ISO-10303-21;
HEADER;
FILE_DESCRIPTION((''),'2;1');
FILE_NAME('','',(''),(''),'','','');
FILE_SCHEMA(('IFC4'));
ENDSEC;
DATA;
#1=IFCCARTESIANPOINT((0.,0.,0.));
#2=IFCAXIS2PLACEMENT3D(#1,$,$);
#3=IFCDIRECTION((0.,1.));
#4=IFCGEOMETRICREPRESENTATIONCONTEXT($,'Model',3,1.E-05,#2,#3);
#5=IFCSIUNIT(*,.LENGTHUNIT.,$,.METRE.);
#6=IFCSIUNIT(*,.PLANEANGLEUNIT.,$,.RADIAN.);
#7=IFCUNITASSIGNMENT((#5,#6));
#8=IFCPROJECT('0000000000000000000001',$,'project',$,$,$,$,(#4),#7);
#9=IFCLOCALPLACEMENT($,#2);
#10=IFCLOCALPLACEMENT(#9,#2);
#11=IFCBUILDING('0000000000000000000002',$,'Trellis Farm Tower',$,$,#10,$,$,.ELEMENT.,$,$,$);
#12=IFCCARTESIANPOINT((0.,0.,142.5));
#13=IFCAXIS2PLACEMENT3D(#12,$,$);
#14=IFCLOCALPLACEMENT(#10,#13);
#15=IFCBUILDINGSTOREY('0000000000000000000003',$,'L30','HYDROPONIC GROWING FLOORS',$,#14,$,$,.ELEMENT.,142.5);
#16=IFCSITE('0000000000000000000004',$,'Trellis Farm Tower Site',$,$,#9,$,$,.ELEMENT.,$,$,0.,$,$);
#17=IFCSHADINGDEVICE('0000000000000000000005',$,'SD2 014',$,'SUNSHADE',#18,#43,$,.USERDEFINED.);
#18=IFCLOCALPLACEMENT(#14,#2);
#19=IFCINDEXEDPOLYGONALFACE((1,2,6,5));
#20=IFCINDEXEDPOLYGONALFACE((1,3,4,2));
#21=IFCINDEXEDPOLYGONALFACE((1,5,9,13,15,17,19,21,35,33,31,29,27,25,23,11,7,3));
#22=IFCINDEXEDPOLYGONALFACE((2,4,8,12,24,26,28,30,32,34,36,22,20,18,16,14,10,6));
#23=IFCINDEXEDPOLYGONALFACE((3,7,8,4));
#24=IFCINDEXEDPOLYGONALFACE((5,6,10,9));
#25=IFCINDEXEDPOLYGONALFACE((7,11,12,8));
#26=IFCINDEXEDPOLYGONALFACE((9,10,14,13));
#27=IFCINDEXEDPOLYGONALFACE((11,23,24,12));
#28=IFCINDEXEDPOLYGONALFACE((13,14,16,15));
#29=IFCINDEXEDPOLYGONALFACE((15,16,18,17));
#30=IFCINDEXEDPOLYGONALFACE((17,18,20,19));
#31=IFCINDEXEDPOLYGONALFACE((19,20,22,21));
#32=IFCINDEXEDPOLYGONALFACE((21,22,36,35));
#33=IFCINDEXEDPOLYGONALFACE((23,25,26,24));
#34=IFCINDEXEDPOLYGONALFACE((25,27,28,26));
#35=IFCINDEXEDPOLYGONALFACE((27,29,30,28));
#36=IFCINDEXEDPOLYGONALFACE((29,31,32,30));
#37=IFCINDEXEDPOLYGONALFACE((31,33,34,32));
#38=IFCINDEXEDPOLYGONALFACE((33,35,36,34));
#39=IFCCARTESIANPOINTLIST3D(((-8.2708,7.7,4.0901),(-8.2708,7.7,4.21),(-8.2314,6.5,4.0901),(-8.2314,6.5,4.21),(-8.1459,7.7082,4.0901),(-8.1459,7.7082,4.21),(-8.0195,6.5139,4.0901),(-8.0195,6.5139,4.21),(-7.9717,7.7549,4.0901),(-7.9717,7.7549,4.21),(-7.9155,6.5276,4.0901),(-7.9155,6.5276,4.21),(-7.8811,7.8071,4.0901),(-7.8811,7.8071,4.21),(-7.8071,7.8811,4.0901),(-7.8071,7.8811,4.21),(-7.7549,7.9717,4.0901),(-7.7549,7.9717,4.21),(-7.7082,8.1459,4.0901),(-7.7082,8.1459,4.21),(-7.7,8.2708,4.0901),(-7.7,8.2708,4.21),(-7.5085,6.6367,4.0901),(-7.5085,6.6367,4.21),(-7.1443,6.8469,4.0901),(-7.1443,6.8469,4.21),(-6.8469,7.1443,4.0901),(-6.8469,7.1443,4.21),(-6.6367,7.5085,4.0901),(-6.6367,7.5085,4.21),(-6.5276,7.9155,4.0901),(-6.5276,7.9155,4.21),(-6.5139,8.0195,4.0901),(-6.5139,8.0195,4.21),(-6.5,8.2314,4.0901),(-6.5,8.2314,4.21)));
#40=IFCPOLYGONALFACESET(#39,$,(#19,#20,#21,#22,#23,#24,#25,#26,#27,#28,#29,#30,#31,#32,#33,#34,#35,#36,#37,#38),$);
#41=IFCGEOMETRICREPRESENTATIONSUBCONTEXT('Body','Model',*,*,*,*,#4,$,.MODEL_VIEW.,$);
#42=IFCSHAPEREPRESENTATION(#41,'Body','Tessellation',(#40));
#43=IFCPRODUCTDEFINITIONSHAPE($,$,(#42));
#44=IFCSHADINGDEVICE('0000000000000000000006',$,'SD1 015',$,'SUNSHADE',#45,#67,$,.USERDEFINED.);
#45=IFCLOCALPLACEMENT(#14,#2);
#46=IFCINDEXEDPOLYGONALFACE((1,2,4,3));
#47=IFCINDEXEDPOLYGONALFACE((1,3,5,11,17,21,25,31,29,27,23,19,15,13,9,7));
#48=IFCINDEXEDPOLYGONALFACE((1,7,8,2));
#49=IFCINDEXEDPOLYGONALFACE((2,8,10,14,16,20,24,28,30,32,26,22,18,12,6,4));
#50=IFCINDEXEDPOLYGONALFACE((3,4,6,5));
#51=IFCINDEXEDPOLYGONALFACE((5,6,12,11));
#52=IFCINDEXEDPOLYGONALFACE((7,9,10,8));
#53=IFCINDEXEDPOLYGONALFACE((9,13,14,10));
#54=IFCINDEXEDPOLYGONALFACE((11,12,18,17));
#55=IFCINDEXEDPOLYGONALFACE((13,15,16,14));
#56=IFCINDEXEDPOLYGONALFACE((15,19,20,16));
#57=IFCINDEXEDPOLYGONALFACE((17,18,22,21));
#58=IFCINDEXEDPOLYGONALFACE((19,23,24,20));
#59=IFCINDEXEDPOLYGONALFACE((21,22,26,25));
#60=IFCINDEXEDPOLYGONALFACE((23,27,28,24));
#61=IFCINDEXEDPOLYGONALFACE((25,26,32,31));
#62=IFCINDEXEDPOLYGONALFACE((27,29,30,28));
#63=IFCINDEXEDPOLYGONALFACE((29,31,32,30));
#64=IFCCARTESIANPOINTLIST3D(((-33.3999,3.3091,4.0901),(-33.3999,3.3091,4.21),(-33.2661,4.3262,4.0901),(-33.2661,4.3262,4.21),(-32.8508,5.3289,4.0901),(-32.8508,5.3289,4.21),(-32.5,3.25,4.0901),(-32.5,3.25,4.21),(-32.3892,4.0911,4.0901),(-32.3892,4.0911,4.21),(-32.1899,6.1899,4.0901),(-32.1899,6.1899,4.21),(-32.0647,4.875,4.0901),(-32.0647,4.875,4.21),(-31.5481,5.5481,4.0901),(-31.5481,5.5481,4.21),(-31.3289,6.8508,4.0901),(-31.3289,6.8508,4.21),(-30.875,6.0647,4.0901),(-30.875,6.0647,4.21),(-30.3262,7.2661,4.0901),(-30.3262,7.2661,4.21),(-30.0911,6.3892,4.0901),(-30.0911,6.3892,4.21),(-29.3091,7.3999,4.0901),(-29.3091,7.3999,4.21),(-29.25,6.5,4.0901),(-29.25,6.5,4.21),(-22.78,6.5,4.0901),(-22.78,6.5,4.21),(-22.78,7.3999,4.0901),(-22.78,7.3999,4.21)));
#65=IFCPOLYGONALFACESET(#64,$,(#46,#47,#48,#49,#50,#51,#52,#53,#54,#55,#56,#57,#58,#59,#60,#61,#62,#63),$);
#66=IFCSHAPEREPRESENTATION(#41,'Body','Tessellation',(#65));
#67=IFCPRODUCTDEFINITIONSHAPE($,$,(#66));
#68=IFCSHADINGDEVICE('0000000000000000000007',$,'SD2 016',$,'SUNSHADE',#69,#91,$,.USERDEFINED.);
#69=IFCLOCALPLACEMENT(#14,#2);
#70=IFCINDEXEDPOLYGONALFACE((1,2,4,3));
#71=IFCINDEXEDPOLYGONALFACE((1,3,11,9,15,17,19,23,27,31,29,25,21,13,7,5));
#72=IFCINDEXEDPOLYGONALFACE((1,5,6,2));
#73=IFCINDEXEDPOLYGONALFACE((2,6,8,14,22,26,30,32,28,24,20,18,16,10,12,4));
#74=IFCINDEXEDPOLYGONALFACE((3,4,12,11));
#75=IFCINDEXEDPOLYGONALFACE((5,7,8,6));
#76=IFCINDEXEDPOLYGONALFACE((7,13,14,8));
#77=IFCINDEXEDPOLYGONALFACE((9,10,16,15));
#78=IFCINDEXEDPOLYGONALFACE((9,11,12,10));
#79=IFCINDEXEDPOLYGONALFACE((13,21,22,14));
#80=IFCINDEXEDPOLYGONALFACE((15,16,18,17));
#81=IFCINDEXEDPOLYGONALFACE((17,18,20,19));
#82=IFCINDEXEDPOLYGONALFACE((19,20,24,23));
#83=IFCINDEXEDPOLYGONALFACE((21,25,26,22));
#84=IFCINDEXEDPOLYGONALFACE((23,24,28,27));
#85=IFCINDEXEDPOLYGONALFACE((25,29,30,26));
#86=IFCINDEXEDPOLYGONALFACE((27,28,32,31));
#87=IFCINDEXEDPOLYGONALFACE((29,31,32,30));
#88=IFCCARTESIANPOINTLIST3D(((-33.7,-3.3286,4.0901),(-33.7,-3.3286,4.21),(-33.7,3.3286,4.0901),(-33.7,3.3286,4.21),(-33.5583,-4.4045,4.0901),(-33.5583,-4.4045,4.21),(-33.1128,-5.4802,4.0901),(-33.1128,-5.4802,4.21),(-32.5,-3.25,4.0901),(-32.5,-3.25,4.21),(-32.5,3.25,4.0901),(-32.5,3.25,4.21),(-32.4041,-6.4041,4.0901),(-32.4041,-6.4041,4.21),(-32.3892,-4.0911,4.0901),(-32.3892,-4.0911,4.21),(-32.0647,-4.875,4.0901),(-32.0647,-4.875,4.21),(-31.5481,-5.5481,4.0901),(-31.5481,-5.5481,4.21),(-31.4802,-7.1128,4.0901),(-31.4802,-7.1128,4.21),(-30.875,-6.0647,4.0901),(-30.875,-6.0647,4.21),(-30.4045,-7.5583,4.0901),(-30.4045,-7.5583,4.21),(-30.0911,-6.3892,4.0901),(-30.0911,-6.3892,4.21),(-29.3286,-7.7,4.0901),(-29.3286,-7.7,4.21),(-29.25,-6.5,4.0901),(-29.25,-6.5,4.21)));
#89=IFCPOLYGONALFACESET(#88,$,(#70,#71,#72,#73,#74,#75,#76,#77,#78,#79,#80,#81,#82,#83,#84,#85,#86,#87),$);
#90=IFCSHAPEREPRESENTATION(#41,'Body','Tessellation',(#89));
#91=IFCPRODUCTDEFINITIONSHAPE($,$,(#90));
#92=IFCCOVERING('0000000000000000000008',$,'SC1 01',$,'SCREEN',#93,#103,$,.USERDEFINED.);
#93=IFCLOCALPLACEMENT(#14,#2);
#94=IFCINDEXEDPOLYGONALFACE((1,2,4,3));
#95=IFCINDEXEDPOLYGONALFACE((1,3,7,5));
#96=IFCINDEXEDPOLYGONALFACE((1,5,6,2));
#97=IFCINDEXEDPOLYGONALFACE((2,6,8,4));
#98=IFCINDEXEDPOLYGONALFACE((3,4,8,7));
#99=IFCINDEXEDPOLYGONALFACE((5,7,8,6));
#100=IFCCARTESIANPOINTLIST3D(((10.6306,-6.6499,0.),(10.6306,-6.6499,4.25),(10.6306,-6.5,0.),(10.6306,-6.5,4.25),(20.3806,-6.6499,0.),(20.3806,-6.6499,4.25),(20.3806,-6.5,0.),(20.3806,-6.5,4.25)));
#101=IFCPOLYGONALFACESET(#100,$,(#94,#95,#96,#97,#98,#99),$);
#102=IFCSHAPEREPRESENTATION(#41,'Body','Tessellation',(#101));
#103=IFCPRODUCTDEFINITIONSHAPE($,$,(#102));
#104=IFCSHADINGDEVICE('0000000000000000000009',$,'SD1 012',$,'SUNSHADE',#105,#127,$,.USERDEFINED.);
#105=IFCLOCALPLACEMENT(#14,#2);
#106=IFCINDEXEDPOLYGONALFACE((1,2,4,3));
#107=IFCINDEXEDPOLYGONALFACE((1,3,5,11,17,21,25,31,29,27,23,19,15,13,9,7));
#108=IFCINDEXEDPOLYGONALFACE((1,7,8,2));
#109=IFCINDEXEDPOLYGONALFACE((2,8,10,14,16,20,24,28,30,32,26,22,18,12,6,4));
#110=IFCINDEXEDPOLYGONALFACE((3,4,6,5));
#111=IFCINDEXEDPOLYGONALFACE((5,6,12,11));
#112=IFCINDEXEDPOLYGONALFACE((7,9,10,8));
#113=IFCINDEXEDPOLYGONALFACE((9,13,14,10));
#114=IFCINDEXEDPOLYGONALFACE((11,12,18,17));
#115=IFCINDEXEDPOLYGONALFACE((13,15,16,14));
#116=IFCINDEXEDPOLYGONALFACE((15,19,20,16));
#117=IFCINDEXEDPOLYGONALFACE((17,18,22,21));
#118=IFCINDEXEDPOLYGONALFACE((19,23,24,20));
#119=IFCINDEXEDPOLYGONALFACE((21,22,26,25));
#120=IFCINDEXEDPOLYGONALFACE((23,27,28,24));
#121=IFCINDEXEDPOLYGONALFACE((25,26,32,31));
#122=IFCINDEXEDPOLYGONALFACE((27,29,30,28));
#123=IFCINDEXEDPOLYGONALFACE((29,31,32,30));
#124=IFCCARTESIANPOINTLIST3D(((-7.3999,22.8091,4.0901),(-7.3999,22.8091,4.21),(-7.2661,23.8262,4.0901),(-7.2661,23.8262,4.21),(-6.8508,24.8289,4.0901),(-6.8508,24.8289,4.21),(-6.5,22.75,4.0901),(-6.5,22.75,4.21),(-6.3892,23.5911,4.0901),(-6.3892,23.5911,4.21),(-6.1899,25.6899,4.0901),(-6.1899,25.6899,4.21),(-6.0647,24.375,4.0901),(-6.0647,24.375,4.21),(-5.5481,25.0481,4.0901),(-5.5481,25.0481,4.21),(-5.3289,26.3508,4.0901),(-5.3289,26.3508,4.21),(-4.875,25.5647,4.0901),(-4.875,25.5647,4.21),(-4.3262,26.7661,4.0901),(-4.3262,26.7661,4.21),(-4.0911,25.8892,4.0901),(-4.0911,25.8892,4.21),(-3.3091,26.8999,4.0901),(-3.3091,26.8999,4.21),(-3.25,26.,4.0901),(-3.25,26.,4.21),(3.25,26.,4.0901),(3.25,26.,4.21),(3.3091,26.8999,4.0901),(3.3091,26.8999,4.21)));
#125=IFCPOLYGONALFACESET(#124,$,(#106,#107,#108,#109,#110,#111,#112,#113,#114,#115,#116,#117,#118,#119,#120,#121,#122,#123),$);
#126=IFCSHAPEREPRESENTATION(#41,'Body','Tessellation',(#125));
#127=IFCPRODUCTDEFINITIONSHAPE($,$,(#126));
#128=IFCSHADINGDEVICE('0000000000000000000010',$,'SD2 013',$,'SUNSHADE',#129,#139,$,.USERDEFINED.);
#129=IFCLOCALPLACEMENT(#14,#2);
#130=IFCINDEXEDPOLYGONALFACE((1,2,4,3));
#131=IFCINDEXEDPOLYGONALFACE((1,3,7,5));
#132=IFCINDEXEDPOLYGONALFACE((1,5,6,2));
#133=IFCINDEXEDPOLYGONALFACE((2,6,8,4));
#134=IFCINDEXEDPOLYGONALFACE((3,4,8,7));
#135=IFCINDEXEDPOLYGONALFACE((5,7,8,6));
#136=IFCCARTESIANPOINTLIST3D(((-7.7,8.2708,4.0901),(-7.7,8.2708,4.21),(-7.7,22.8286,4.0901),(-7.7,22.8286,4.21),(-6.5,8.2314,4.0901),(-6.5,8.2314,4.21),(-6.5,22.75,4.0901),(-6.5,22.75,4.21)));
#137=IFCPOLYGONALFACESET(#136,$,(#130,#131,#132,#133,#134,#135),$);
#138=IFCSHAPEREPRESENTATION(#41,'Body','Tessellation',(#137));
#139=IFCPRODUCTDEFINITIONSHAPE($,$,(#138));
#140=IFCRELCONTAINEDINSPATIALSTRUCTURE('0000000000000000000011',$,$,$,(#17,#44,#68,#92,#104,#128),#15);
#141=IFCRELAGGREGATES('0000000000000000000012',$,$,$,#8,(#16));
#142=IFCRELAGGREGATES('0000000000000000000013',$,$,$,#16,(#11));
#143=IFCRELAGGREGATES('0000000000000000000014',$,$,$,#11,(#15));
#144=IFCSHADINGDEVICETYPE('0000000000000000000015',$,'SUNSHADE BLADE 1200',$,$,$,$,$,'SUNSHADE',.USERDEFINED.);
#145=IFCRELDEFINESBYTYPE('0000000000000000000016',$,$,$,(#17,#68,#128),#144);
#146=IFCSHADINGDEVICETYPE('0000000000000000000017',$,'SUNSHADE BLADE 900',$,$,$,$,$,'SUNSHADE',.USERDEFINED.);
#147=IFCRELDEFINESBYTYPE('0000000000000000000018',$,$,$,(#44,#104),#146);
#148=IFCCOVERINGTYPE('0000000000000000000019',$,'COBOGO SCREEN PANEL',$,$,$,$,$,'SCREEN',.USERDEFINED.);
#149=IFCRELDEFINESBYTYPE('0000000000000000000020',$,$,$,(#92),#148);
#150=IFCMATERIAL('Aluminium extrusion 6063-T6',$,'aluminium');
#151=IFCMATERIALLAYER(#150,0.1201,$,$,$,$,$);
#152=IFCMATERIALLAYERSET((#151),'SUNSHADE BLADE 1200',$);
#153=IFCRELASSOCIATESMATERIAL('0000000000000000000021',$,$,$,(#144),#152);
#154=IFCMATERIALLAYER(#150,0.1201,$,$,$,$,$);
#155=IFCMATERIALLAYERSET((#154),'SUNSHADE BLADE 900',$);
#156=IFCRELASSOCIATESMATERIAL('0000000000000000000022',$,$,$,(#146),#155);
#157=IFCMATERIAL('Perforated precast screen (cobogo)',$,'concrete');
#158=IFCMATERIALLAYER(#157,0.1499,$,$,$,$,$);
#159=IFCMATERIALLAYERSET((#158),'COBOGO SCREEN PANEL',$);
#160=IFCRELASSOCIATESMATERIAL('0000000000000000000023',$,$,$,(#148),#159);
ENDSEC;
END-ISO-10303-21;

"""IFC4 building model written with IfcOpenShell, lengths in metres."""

from ifc_helpers import new_model, si_unit, direction, frame, origin, place, context, subcontext, project, spatial, polyline, outline, extrude, source, transform, mapped, material, layer, layer_set, type_object, element, save


model = new_model("IFC4")

# Units and contexts
model_context = context("Model", 3, precision=1e-05, world=origin(), true_north=direction((0.0, 1.0)))
body_context = subcontext(model_context, "Body", "Model", "MODEL_VIEW")
ifc_project = project(units=[si_unit("LENGTHUNIT", "METRE"), si_unit("PLANEANGLEUNIT", "RADIAN")], contexts=[model_context])

# Site, building, storey
site_placement = place(None, origin())
site = spatial("IfcSite", under=ifc_project, at=site_placement, Name="Trellis Farm Tower Site", CompositionType="ELEMENT", RefElevation=0.0)
building_placement = place(site_placement, origin())
building = spatial("IfcBuilding", under=site, at=building_placement, Name="Trellis Farm Tower", CompositionType="ELEMENT")
storey_placement = place(building_placement, frame((0.0, 0.0, 142.5)))
storey = spatial("IfcBuildingStorey", under=building, at=storey_placement, Name="L30", Description="HYDROPONIC GROWING FLOORS", CompositionType="ELEMENT", Elevation=142.5)

# Shared definitions
placement_1 = place(storey_placement, origin())
ifc_material_1 = material(Name="Aluminium extrusion 6063-T6", Category="aluminium")

# Shading devices
ifc_layer_1 = layer(ifc_material_1, 0.1201)
ifc_layer_set_1 = layer_set([ifc_layer_1], Name="SUNSHADE BLADE 1200")
shading_device_type_1 = type_object("IfcShadingDeviceType", Name="SUNSHADE BLADE 1200", ElementType="SUNSHADE", PredefinedType="USERDEFINED", material=ifc_layer_set_1)
shared_shape_1 = source(origin(), body_context, "Body", "SweptSolid", [
    extrude(outline(polyline([(-7.7, 8.2708), (-7.7087, 8.1372), (-7.707, 8.1501), (-7.7549, 7.9717), (-7.8071, 7.8811), (-7.8811, 7.8071), (-7.9717, 7.7549), (-8.1501, 7.707), (-8.1372, 7.7087), (-8.2708, 7.7), (-8.2314, 6.5), (-8.0195, 6.5139), (-7.9155, 6.5276), (-7.5085, 6.6367), (-7.1443, 6.8469), (-6.8469, 7.1443), (-6.6367, 7.5085), (-6.5276, 7.9155), (-6.5139, 8.0195), (-6.5, 8.2314), (-7.7, 8.2708)])), origin(), (0.0, 0.0, 1.0), 0.1199),
])
placement_2 = place(storey_placement, frame((0.0, 0.0, 4.0901)))
element("IfcShadingDevice", 1, at=placement_2, inside=storey, type_object=shading_device_type_1, Name="SD2 014", ObjectType="SUNSHADE", PredefinedType="USERDEFINED", context=body_context, shape_type="MappedRepresentation", body=[
    mapped(shared_shape_1, transform((0.0, 0.0, 0.0))),
])
ifc_layer_2 = layer(ifc_material_1, 0.1201)
ifc_layer_set_2 = layer_set([ifc_layer_2], Name="SUNSHADE BLADE 900")
shading_device_type_2 = type_object("IfcShadingDeviceType", Name="SUNSHADE BLADE 900", ElementType="SUNSHADE", PredefinedType="USERDEFINED", material=ifc_layer_set_2)
shared_shape_2 = source(origin(), body_context, "Body", "SweptSolid", [
    extrude(outline(polyline([(-22.78, 7.3999), (-29.3091, 7.3999), (-30.3262, 7.2661), (-31.3289, 6.8508), (-32.1899, 6.1899), (-32.8508, 5.3289), (-33.2661, 4.3262), (-33.3999, 3.3091), (-32.5, 3.25), (-32.3892, 4.0911), (-32.0647, 4.875), (-31.5481, 5.5481), (-30.875, 6.0647), (-30.0911, 6.3892), (-29.25, 6.5), (-22.78, 6.5), (-22.78, 7.3999)])), origin(), (0.0, 0.0, 1.0), 0.1199),
])
element("IfcShadingDevice", 2, at=placement_2, inside=storey, type_object=shading_device_type_2, Name="SD1 015", ObjectType="SUNSHADE", PredefinedType="USERDEFINED", context=body_context, shape_type="MappedRepresentation", body=[
    mapped(shared_shape_2, transform((0.0, 0.0, 0.0))),
])
shared_shape_3 = source(origin(), body_context, "Body", "SweptSolid", [
    extrude(outline(polyline([(-33.7, 3.3286), (-33.7, -3.3286), (-33.5583, -4.4045), (-33.1128, -5.4802), (-32.4041, -6.4041), (-31.4802, -7.1128), (-30.4045, -7.5583), (-29.3286, -7.7), (-29.25, -6.5), (-30.0911, -6.3892), (-30.875, -6.0647), (-31.5481, -5.5481), (-32.0647, -4.875), (-32.3892, -4.0911), (-32.5, -3.25), (-32.5, 3.25), (-33.7, 3.3286)])), origin(), (0.0, 0.0, 1.0), 0.1199),
])
element("IfcShadingDevice", 3, at=placement_2, inside=storey, type_object=shading_device_type_1, Name="SD2 016", ObjectType="SUNSHADE", PredefinedType="USERDEFINED", context=body_context, shape_type="MappedRepresentation", body=[
    mapped(shared_shape_3, transform((0.0, 0.0, 0.0))),
])

# Covering
ifc_material_2 = material(Name="Perforated precast screen (cobogo)", Category="concrete")
ifc_layer_3 = layer(ifc_material_2, 0.1499)
ifc_layer_set_3 = layer_set([ifc_layer_3], Name="COBOGO SCREEN PANEL")
covering_type = type_object("IfcCoveringType", Name="COBOGO SCREEN PANEL", ElementType="SCREEN", PredefinedType="USERDEFINED", material=ifc_layer_set_3)
shared_shape_4 = source(origin(), body_context, "Body", "SweptSolid", [
    extrude(outline(polyline([(10.6306, -6.6499), (20.3806, -6.6499), (20.3806, -6.5), (10.6306, -6.5), (10.6306, -6.6499)])), origin(), (0.0, 0.0, 1.0), 4.25),
])
element("IfcCovering", 4, at=placement_1, inside=storey, type_object=covering_type, Name="SC1 01", ObjectType="SCREEN", PredefinedType="USERDEFINED", context=body_context, shape_type="MappedRepresentation", body=[
    mapped(shared_shape_4, transform((0.0, 0.0, 0.0))),
])

# Shading devices
shared_shape_5 = source(origin(), body_context, "Body", "SweptSolid", [
    extrude(outline(polyline([(3.3091, 26.8999), (-3.3091, 26.8999), (-4.3262, 26.7661), (-5.3289, 26.3508), (-6.1899, 25.6899), (-6.8508, 24.8289), (-7.2661, 23.8262), (-7.3999, 22.8091), (-6.5, 22.75), (-6.3892, 23.5911), (-6.0647, 24.375), (-5.5481, 25.0481), (-4.875, 25.5647), (-4.0911, 25.8892), (-3.25, 26.0), (3.25, 26.0), (3.3091, 26.8999)])), origin(), (0.0, 0.0, 1.0), 0.1199),
])
element("IfcShadingDevice", 5, at=placement_2, inside=storey, type_object=shading_device_type_2, Name="SD1 012", ObjectType="SUNSHADE", PredefinedType="USERDEFINED", context=body_context, shape_type="MappedRepresentation", body=[
    mapped(shared_shape_5, transform((0.0, 0.0, 0.0))),
])
shared_shape_6 = source(origin(), body_context, "Body", "SweptSolid", [
    extrude(outline(polyline([(-7.7, 22.8286), (-7.7, 8.2708), (-6.5, 8.2314), (-6.5, 22.75), (-7.7, 22.8286)])), origin(), (0.0, 0.0, 1.0), 0.1199),
])
element("IfcShadingDevice", 6, at=placement_2, inside=storey, type_object=shading_device_type_1, Name="SD2 013", ObjectType="SUNSHADE", PredefinedType="USERDEFINED", context=body_context, shape_type="MappedRepresentation", body=[
    mapped(shared_shape_6, transform((0.0, 0.0, 0.0))),
])

save(model, "model.ifc")
